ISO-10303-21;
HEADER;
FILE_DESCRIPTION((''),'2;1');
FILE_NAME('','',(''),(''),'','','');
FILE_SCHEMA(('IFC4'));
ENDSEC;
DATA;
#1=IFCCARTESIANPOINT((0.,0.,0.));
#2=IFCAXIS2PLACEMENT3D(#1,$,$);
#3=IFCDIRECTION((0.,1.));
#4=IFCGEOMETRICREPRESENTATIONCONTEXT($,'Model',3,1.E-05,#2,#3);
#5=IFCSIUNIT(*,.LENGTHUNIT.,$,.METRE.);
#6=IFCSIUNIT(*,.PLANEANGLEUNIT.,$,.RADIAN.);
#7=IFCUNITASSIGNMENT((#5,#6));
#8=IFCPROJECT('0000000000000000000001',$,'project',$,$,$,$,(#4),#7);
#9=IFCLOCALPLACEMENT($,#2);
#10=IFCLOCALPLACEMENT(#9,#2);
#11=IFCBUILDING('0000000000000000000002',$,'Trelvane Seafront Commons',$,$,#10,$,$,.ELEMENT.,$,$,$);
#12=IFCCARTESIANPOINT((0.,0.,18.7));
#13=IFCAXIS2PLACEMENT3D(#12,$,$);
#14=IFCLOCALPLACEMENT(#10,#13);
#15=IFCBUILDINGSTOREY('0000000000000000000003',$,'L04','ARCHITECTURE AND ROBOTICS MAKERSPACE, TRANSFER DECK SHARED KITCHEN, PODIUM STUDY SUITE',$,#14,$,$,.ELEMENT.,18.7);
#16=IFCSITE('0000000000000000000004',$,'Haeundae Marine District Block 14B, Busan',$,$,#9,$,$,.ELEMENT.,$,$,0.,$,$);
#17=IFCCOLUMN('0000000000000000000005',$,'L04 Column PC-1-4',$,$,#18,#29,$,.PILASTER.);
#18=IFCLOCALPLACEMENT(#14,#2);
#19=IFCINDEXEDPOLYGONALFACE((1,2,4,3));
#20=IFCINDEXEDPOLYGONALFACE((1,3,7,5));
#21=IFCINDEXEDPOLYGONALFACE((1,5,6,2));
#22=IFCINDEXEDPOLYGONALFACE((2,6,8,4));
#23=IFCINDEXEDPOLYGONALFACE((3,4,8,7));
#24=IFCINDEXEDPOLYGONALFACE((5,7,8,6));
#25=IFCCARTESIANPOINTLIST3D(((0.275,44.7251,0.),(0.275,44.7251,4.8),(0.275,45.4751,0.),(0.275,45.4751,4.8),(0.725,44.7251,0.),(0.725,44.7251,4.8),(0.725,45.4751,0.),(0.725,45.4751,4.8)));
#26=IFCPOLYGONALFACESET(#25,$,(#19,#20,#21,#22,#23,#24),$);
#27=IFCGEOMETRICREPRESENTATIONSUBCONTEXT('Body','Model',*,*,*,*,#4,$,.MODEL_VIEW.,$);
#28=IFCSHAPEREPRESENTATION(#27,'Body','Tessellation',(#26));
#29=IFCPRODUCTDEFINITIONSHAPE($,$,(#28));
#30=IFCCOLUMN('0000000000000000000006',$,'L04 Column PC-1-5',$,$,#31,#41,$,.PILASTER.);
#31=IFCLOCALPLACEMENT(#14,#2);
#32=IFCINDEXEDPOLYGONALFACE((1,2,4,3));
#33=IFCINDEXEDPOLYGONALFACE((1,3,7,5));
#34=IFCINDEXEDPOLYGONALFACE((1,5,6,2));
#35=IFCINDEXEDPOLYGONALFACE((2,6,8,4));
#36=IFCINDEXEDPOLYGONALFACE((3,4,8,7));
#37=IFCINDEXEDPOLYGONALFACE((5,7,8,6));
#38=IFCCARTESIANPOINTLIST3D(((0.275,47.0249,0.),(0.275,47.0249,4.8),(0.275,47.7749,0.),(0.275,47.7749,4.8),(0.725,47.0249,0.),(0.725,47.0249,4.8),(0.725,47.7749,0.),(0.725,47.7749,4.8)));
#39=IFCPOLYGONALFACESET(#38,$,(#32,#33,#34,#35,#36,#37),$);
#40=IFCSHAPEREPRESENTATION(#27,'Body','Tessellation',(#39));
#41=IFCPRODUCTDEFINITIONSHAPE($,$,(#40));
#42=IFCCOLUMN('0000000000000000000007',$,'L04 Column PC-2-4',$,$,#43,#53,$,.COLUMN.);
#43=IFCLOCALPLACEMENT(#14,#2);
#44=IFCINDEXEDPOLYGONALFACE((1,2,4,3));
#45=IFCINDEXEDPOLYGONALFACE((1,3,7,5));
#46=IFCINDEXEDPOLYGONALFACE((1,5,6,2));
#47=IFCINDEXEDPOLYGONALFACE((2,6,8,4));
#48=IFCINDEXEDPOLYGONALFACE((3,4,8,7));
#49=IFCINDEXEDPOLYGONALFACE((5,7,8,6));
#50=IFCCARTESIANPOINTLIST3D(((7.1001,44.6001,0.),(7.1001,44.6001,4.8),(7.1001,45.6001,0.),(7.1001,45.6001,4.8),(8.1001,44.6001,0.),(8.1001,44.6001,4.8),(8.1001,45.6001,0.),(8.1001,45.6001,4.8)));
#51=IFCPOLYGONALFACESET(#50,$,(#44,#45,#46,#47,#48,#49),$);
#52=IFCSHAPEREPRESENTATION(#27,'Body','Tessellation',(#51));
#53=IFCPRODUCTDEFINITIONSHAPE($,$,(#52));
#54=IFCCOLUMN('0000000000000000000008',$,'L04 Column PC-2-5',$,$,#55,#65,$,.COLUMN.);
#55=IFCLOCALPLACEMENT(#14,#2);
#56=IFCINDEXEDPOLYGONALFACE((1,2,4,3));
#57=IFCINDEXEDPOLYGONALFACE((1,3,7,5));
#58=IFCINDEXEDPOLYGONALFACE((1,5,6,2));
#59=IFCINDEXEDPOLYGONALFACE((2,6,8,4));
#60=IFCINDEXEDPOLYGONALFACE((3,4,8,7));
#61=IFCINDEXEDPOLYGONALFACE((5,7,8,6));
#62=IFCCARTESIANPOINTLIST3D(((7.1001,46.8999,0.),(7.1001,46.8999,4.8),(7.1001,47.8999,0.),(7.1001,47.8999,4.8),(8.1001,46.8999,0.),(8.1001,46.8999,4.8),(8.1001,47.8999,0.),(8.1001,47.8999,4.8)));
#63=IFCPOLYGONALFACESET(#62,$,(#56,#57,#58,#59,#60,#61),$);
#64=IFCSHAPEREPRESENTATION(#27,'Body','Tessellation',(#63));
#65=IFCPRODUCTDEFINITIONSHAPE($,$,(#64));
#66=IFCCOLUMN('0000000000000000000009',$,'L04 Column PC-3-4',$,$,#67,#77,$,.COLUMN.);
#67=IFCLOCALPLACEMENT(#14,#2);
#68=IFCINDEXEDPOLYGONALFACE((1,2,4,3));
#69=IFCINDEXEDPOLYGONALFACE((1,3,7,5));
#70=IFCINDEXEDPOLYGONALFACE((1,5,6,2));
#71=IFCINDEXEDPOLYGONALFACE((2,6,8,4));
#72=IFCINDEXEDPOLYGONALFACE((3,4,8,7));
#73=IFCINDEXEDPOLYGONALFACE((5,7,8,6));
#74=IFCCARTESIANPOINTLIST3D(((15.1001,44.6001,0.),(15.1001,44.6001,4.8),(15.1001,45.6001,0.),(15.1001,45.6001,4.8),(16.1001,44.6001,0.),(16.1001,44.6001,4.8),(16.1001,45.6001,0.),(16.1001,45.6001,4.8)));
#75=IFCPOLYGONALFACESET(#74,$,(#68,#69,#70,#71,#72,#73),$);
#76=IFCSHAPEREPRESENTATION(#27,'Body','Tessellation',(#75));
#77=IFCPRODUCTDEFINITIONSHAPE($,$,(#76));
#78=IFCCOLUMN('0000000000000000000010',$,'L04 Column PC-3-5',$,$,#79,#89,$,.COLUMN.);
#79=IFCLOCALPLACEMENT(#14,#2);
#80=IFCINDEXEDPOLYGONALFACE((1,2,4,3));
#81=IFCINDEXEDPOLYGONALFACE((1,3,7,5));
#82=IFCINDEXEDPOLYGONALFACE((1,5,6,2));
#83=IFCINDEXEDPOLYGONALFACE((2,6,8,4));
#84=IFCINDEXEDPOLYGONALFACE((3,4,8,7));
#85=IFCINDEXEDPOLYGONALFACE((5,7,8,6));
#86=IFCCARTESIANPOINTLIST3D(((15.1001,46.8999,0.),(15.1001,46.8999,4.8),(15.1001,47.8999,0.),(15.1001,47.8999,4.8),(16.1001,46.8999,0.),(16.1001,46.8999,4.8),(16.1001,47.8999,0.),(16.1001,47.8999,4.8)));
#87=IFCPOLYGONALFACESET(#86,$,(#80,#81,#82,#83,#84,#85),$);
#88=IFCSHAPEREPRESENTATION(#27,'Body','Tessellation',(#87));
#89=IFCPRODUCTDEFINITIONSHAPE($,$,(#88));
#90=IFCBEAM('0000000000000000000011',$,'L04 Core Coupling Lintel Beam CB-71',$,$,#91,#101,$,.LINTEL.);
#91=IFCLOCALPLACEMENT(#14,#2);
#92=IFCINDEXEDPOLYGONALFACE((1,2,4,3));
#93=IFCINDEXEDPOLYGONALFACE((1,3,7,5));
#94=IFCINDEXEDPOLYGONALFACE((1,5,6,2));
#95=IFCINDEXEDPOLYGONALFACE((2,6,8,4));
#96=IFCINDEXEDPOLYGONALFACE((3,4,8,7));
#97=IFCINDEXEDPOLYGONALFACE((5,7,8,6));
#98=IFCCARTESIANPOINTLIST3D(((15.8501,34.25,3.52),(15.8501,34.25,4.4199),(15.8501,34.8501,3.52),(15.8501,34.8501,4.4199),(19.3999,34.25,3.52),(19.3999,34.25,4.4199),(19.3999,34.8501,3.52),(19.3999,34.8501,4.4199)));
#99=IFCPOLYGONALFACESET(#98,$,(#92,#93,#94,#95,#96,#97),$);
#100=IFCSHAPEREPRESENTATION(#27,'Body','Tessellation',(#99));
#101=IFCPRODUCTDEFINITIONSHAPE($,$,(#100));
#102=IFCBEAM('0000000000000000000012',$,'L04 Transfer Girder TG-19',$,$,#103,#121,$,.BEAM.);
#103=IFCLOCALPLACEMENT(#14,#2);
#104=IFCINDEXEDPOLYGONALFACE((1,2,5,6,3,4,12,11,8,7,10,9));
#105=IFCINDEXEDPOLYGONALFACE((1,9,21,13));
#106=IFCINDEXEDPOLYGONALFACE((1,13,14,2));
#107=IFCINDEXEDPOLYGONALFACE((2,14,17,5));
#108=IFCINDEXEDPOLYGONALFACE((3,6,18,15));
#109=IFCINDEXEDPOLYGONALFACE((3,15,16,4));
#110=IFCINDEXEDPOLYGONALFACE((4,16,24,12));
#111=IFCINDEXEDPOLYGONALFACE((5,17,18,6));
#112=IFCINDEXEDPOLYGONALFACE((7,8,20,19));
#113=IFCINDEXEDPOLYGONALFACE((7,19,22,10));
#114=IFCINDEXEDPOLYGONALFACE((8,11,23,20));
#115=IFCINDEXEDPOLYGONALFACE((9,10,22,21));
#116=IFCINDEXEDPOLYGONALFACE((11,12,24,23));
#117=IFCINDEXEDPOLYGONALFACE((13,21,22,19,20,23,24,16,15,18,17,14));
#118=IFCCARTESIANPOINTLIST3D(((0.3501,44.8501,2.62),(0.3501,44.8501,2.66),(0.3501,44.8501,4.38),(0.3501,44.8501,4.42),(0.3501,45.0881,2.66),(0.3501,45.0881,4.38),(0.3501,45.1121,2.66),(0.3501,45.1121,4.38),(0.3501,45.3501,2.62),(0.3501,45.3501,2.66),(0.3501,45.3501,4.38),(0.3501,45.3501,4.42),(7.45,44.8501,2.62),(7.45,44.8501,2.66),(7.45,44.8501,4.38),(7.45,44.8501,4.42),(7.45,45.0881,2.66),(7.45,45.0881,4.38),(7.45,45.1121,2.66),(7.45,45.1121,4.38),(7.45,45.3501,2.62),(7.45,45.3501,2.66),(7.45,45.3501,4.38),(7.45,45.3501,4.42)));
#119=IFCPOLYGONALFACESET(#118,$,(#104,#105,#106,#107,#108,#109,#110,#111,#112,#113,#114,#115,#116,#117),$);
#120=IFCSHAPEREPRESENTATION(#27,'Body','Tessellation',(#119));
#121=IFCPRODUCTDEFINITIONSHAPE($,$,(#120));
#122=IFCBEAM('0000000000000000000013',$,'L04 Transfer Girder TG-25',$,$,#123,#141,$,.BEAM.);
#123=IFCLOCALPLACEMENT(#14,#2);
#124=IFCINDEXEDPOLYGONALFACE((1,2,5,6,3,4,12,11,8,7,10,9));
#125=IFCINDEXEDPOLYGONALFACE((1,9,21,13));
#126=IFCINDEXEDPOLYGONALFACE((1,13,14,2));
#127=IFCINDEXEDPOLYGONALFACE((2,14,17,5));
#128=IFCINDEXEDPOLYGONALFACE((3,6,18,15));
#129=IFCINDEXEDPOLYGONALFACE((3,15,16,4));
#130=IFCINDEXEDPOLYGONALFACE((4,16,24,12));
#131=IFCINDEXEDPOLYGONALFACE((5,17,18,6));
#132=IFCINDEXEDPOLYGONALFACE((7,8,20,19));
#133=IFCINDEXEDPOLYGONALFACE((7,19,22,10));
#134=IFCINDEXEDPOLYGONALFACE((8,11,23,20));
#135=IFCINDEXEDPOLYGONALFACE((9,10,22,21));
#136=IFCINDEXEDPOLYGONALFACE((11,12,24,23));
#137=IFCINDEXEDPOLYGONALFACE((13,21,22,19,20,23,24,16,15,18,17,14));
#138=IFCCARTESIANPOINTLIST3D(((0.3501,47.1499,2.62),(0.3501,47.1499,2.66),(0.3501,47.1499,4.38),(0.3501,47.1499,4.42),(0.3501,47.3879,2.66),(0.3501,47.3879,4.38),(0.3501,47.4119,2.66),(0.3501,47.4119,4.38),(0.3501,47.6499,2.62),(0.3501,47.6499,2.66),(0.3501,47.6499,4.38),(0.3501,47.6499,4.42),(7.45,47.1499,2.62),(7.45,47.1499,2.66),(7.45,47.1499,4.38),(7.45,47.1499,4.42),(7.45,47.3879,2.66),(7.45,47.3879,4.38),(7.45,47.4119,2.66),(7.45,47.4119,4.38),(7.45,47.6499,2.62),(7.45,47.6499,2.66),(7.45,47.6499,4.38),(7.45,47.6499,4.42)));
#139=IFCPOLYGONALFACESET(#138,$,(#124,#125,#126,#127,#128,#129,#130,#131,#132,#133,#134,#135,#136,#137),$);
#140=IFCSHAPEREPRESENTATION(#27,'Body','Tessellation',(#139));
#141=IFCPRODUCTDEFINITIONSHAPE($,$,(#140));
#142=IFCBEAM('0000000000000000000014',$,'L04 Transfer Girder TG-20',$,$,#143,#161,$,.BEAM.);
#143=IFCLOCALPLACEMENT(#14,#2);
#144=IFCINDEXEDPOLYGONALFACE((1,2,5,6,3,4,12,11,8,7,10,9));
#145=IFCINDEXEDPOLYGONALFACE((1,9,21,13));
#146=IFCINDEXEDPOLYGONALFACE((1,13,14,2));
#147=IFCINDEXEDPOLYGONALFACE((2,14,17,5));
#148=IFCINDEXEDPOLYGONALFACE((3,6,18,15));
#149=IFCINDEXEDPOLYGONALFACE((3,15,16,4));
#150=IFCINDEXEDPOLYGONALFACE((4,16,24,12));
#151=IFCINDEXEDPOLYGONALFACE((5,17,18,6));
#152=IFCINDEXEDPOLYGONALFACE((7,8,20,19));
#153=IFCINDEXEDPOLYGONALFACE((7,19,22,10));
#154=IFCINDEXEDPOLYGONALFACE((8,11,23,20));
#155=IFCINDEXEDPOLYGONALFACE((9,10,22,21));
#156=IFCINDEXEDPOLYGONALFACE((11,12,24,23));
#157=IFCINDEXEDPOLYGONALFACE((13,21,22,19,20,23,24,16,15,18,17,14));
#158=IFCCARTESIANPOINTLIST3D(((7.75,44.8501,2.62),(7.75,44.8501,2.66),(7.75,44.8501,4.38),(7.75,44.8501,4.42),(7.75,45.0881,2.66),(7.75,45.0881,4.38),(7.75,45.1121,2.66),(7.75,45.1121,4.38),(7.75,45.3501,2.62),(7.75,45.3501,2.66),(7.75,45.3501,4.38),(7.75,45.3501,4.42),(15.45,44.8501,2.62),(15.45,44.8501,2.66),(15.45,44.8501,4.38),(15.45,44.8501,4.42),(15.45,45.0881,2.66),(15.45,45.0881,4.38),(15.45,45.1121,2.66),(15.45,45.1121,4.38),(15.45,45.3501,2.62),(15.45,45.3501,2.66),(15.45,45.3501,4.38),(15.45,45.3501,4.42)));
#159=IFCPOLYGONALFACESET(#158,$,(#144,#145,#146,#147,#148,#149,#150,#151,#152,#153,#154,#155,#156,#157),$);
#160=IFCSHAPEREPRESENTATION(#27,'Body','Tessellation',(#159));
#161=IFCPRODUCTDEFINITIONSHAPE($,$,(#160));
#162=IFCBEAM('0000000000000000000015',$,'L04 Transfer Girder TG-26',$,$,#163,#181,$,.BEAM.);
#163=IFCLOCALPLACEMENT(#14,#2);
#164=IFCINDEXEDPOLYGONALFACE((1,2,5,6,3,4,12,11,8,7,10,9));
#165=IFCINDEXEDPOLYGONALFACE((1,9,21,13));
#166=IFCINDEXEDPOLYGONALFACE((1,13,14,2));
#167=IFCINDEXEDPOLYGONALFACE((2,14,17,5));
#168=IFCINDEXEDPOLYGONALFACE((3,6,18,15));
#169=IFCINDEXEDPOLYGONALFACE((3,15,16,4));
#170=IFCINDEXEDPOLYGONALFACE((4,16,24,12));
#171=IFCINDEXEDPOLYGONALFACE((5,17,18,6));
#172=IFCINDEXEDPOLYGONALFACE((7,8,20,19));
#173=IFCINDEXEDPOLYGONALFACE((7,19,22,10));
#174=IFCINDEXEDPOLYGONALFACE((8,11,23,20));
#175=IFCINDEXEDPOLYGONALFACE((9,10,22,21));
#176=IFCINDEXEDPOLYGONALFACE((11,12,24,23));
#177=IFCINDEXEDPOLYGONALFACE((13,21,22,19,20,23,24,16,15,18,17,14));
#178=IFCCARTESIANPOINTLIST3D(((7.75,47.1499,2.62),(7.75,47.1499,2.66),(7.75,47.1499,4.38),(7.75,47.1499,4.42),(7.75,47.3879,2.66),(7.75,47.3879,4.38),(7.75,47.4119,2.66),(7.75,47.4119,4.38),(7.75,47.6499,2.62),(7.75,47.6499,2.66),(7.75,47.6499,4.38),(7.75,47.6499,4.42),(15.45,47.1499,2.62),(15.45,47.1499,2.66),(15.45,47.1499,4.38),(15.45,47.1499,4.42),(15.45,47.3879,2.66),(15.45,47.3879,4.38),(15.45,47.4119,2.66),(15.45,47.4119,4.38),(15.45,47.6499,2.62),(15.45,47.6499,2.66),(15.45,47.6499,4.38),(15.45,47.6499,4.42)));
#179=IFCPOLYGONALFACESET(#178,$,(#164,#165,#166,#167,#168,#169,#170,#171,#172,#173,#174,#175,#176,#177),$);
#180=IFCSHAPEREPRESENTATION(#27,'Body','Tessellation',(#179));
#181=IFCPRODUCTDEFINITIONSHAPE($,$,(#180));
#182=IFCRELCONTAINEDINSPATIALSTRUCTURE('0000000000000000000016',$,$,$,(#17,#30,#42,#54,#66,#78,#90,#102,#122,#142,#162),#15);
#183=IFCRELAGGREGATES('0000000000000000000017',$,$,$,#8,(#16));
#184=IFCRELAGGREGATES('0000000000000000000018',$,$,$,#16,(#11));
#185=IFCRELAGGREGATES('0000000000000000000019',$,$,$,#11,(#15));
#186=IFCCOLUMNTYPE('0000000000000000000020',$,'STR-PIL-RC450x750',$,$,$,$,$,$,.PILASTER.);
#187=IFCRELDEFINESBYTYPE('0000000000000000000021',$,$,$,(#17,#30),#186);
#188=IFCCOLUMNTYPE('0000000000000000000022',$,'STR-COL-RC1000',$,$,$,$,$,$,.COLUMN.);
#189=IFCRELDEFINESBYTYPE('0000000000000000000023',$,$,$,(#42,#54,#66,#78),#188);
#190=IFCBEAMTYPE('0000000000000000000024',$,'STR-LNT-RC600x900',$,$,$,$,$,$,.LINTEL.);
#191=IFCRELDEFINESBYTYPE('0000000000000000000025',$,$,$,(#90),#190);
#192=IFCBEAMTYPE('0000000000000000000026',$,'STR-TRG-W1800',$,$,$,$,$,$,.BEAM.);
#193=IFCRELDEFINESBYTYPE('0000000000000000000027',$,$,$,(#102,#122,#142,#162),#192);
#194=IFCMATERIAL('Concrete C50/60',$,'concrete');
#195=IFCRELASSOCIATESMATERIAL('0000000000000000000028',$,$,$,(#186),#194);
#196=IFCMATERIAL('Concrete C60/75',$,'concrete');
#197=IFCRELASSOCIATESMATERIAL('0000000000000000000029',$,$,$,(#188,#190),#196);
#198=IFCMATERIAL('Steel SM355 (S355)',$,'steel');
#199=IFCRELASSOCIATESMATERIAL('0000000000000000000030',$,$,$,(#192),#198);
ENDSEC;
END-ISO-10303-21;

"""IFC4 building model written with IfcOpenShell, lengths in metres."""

from ifc_helpers import new_model, si_unit, direction, frame, origin, origin_2d, place, context, subcontext, project, spatial, rectangle, i_section, extrude, source, transform, mapped, material, material_profile, profile_set, type_object, element, save


model = new_model("IFC4")

# Units and contexts
model_context = context("Model", 3, precision=1e-05, world=origin(), true_north=direction((0.0, 1.0)))
body_context = subcontext(model_context, "Body", "Model", "MODEL_VIEW")
ifc_project = project(units=[si_unit("LENGTHUNIT", "METRE"), si_unit("PLANEANGLEUNIT", "RADIAN")], contexts=[model_context])

# Site, building, storey
site_placement = place(None, origin())
site = spatial("IfcSite", under=ifc_project, at=site_placement, Name="Haeundae Marine District Block 14B, Busan", CompositionType="ELEMENT", RefElevation=0.0)
building_placement = place(site_placement, origin())
building = spatial("IfcBuilding", under=site, at=building_placement, Name="Trelvane Seafront Commons", CompositionType="ELEMENT")
storey_placement = place(building_placement, frame((0.0, 0.0, 18.7)))
storey = spatial("IfcBuildingStorey", under=building, at=storey_placement, Name="L04", Description="ARCHITECTURE AND ROBOTICS MAKERSPACE, TRANSFER DECK SHARED KITCHEN, PODIUM STUDY SUITE", CompositionType="ELEMENT", Elevation=18.7)

# Columns
ifc_material_1 = material(Name="Concrete C50/60", Category="concrete")
ifc_material_profile_1 = material_profile(ifc_material_1, rectangle(XDim=0.45, YDim=0.75, at=origin_2d()), Name="RC-450x750")
ifc_profile_set_1 = profile_set([ifc_material_profile_1], Name="Concrete C50/60")
column_type_1 = type_object("IfcColumnType", Name="STR-PIL-RC450x750", PredefinedType="PILASTER", material=ifc_profile_set_1)
shared_shape_1 = source(origin(), body_context, "Body", "SweptSolid", [
    extrude(rectangle(XDim=0.45, YDim=0.75, at=origin_2d()), origin(), (0.0, 0.0, 1.0), 4.8),
])
for number, where, z_axis, x_axis, name in (
    (1, (0.5, 45.1001, 0.0), (0.0, 0.0, 1.0), (1.0, 0.0, 0.0), "L04 Column PC-1-4"),
    (2, (0.5, 47.3999, 0.0), (0.0, 0.0, 1.0), (1.0, 0.0, 0.0), "L04 Column PC-1-5"),
):
    element("IfcColumn", number, at=place(storey_placement, frame(where, z_axis=z_axis, x_axis=x_axis)), inside=storey, type_object=column_type_1, Name=name, PredefinedType="PILASTER", context=body_context, shape_type="MappedRepresentation", body=[
        mapped(shared_shape_1, transform((0.0, 0.0, 0.0), x_axis=(1.0, 0.0, 0.0), y_axis=(0.0, 1.0, 0.0), z_axis=(0.0, 0.0, 1.0), scale=1.0)),
    ])
ifc_material_2 = material(Name="Concrete C60/75", Category="concrete")
ifc_material_profile_2 = material_profile(ifc_material_2, rectangle(XDim=1.0, YDim=1.0, at=origin_2d()), Name="RC-1000x1000")
ifc_profile_set_2 = profile_set([ifc_material_profile_2], Name="Concrete C60/75")
column_type_2 = type_object("IfcColumnType", Name="STR-COL-RC1000", PredefinedType="COLUMN", material=ifc_profile_set_2)
shared_shape_2 = source(origin(), body_context, "Body", "SweptSolid", [
    extrude(rectangle(XDim=1.0, YDim=1.0, at=origin_2d()), origin(), (0.0, 0.0, 1.0), 4.8),
])
for number, where, z_axis, x_axis, name in (
    (3, (7.6001, 45.1001, 0.0), (0.0, 0.0, 1.0), (1.0, 0.0, 0.0), "L04 Column PC-2-4"),
    (4, (7.6001, 47.3999, 0.0), (0.0, 0.0, 1.0), (1.0, 0.0, 0.0), "L04 Column PC-2-5"),
    (5, (15.6001, 45.1001, 0.0), (0.0, 0.0, 1.0), (1.0, 0.0, 0.0), "L04 Column PC-3-4"),
    (6, (15.6001, 47.3999, 0.0), (0.0, 0.0, 1.0), (1.0, 0.0, 0.0), "L04 Column PC-3-5"),
):
    element("IfcColumn", number, at=place(storey_placement, frame(where, z_axis=z_axis, x_axis=x_axis)), inside=storey, type_object=column_type_2, Name=name, PredefinedType="COLUMN", context=body_context, shape_type="MappedRepresentation", body=[
        mapped(shared_shape_2, transform((0.0, 0.0, 0.0), x_axis=(1.0, 0.0, 0.0), y_axis=(0.0, 1.0, 0.0), z_axis=(0.0, 0.0, 1.0), scale=1.0)),
    ])

# Beams
ifc_material_profile_3 = material_profile(ifc_material_2, rectangle(XDim=0.6001, YDim=0.8999, at=origin_2d()), Name="RC-600x900")
ifc_profile_set_3 = profile_set([ifc_material_profile_3], Name="Concrete C60/75")
beam_type_1 = type_object("IfcBeamType", Name="STR-LNT-RC600x900", PredefinedType="LINTEL", material=ifc_profile_set_3)
shared_shape_3 = source(origin(), body_context, "Body", "SweptSolid", [
    extrude(rectangle(XDim=0.6001, YDim=0.8999, at=origin_2d()), origin(), (0.0, 0.0, 1.0), 3.5498),
])
beam_placement = place(storey_placement, frame((15.8501, 34.55, 3.97), z_axis=(1.0, 0.0, 0.0), x_axis=(0.0, 1.0, 0.0)))
element("IfcBeam", 7, at=beam_placement, inside=storey, type_object=beam_type_1, Name="L04 Core Coupling Lintel Beam CB-71", PredefinedType="LINTEL", context=body_context, shape_type="MappedRepresentation", body=[
    mapped(shared_shape_3, transform((0.0, 0.0, 0.0), x_axis=(1.0, 0.0, 0.0), y_axis=(0.0, 1.0, 0.0), z_axis=(0.0, 0.0, 1.0), scale=1.0)),
])
ifc_material_3 = material(Name="Steel SM355 (S355)", Category="steel")
ifc_material_profile_4 = material_profile(ifc_material_3, i_section(OverallWidth=0.5, OverallDepth=1.8, WebThickness=0.0239, FlangeThickness=0.04, at=origin_2d()), Name="W-1800x500x24x40")
ifc_profile_set_4 = profile_set([ifc_material_profile_4], Name="Steel SM355 (S355)")
beam_type_2 = type_object("IfcBeamType", Name="STR-TRG-W1800", PredefinedType="BEAM", material=ifc_profile_set_4)
shared_shape_4 = source(origin(), body_context, "Body", "SweptSolid", [
    extrude(i_section(OverallWidth=0.5, OverallDepth=1.8, WebThickness=0.0239, FlangeThickness=0.04, at=origin_2d()), origin(), (0.0, 0.0, 1.0), 7.0999),
])
for number, where, z_axis, x_axis, name in (
    (8, (0.3501, 45.1001, 3.52), (1.0, 0.0, 0.0), (0.0, 1.0, 0.0), "L04 Transfer Girder TG-19"),
    (9, (0.3501, 47.3999, 3.52), (1.0, 0.0, 0.0), (0.0, 1.0, 0.0), "L04 Transfer Girder TG-25"),
):
    element("IfcBeam", number, at=place(storey_placement, frame(where, z_axis=z_axis, x_axis=x_axis)), inside=storey, type_object=beam_type_2, Name=name, PredefinedType="BEAM", context=body_context, shape_type="MappedRepresentation", body=[
        mapped(shared_shape_4, transform((0.0, 0.0, 0.0), x_axis=(1.0, 0.0, 0.0), y_axis=(0.0, 1.0, 0.0), z_axis=(0.0, 0.0, 1.0), scale=1.0)),
    ])
shared_shape_5 = source(origin(), body_context, "Body", "SweptSolid", [
    extrude(i_section(OverallWidth=0.5, OverallDepth=1.8, WebThickness=0.0239, FlangeThickness=0.04, at=origin_2d()), origin(), (0.0, 0.0, 1.0), 7.7),
])
for number, where, z_axis, x_axis, name in (
    (10, (7.75, 45.1001, 3.52), (1.0, 0.0, 0.0), (0.0, 1.0, 0.0), "L04 Transfer Girder TG-20"),
    (11, (7.75, 47.3999, 3.52), (1.0, 0.0, 0.0), (0.0, 1.0, 0.0), "L04 Transfer Girder TG-26"),
):
    element("IfcBeam", number, at=place(storey_placement, frame(where, z_axis=z_axis, x_axis=x_axis)), inside=storey, type_object=beam_type_2, Name=name, PredefinedType="BEAM", context=body_context, shape_type="MappedRepresentation", body=[
        mapped(shared_shape_5, transform((0.0, 0.0, 0.0), x_axis=(1.0, 0.0, 0.0), y_axis=(0.0, 1.0, 0.0), z_axis=(0.0, 0.0, 1.0), scale=1.0)),
    ])

save(model, "model.ifc")
